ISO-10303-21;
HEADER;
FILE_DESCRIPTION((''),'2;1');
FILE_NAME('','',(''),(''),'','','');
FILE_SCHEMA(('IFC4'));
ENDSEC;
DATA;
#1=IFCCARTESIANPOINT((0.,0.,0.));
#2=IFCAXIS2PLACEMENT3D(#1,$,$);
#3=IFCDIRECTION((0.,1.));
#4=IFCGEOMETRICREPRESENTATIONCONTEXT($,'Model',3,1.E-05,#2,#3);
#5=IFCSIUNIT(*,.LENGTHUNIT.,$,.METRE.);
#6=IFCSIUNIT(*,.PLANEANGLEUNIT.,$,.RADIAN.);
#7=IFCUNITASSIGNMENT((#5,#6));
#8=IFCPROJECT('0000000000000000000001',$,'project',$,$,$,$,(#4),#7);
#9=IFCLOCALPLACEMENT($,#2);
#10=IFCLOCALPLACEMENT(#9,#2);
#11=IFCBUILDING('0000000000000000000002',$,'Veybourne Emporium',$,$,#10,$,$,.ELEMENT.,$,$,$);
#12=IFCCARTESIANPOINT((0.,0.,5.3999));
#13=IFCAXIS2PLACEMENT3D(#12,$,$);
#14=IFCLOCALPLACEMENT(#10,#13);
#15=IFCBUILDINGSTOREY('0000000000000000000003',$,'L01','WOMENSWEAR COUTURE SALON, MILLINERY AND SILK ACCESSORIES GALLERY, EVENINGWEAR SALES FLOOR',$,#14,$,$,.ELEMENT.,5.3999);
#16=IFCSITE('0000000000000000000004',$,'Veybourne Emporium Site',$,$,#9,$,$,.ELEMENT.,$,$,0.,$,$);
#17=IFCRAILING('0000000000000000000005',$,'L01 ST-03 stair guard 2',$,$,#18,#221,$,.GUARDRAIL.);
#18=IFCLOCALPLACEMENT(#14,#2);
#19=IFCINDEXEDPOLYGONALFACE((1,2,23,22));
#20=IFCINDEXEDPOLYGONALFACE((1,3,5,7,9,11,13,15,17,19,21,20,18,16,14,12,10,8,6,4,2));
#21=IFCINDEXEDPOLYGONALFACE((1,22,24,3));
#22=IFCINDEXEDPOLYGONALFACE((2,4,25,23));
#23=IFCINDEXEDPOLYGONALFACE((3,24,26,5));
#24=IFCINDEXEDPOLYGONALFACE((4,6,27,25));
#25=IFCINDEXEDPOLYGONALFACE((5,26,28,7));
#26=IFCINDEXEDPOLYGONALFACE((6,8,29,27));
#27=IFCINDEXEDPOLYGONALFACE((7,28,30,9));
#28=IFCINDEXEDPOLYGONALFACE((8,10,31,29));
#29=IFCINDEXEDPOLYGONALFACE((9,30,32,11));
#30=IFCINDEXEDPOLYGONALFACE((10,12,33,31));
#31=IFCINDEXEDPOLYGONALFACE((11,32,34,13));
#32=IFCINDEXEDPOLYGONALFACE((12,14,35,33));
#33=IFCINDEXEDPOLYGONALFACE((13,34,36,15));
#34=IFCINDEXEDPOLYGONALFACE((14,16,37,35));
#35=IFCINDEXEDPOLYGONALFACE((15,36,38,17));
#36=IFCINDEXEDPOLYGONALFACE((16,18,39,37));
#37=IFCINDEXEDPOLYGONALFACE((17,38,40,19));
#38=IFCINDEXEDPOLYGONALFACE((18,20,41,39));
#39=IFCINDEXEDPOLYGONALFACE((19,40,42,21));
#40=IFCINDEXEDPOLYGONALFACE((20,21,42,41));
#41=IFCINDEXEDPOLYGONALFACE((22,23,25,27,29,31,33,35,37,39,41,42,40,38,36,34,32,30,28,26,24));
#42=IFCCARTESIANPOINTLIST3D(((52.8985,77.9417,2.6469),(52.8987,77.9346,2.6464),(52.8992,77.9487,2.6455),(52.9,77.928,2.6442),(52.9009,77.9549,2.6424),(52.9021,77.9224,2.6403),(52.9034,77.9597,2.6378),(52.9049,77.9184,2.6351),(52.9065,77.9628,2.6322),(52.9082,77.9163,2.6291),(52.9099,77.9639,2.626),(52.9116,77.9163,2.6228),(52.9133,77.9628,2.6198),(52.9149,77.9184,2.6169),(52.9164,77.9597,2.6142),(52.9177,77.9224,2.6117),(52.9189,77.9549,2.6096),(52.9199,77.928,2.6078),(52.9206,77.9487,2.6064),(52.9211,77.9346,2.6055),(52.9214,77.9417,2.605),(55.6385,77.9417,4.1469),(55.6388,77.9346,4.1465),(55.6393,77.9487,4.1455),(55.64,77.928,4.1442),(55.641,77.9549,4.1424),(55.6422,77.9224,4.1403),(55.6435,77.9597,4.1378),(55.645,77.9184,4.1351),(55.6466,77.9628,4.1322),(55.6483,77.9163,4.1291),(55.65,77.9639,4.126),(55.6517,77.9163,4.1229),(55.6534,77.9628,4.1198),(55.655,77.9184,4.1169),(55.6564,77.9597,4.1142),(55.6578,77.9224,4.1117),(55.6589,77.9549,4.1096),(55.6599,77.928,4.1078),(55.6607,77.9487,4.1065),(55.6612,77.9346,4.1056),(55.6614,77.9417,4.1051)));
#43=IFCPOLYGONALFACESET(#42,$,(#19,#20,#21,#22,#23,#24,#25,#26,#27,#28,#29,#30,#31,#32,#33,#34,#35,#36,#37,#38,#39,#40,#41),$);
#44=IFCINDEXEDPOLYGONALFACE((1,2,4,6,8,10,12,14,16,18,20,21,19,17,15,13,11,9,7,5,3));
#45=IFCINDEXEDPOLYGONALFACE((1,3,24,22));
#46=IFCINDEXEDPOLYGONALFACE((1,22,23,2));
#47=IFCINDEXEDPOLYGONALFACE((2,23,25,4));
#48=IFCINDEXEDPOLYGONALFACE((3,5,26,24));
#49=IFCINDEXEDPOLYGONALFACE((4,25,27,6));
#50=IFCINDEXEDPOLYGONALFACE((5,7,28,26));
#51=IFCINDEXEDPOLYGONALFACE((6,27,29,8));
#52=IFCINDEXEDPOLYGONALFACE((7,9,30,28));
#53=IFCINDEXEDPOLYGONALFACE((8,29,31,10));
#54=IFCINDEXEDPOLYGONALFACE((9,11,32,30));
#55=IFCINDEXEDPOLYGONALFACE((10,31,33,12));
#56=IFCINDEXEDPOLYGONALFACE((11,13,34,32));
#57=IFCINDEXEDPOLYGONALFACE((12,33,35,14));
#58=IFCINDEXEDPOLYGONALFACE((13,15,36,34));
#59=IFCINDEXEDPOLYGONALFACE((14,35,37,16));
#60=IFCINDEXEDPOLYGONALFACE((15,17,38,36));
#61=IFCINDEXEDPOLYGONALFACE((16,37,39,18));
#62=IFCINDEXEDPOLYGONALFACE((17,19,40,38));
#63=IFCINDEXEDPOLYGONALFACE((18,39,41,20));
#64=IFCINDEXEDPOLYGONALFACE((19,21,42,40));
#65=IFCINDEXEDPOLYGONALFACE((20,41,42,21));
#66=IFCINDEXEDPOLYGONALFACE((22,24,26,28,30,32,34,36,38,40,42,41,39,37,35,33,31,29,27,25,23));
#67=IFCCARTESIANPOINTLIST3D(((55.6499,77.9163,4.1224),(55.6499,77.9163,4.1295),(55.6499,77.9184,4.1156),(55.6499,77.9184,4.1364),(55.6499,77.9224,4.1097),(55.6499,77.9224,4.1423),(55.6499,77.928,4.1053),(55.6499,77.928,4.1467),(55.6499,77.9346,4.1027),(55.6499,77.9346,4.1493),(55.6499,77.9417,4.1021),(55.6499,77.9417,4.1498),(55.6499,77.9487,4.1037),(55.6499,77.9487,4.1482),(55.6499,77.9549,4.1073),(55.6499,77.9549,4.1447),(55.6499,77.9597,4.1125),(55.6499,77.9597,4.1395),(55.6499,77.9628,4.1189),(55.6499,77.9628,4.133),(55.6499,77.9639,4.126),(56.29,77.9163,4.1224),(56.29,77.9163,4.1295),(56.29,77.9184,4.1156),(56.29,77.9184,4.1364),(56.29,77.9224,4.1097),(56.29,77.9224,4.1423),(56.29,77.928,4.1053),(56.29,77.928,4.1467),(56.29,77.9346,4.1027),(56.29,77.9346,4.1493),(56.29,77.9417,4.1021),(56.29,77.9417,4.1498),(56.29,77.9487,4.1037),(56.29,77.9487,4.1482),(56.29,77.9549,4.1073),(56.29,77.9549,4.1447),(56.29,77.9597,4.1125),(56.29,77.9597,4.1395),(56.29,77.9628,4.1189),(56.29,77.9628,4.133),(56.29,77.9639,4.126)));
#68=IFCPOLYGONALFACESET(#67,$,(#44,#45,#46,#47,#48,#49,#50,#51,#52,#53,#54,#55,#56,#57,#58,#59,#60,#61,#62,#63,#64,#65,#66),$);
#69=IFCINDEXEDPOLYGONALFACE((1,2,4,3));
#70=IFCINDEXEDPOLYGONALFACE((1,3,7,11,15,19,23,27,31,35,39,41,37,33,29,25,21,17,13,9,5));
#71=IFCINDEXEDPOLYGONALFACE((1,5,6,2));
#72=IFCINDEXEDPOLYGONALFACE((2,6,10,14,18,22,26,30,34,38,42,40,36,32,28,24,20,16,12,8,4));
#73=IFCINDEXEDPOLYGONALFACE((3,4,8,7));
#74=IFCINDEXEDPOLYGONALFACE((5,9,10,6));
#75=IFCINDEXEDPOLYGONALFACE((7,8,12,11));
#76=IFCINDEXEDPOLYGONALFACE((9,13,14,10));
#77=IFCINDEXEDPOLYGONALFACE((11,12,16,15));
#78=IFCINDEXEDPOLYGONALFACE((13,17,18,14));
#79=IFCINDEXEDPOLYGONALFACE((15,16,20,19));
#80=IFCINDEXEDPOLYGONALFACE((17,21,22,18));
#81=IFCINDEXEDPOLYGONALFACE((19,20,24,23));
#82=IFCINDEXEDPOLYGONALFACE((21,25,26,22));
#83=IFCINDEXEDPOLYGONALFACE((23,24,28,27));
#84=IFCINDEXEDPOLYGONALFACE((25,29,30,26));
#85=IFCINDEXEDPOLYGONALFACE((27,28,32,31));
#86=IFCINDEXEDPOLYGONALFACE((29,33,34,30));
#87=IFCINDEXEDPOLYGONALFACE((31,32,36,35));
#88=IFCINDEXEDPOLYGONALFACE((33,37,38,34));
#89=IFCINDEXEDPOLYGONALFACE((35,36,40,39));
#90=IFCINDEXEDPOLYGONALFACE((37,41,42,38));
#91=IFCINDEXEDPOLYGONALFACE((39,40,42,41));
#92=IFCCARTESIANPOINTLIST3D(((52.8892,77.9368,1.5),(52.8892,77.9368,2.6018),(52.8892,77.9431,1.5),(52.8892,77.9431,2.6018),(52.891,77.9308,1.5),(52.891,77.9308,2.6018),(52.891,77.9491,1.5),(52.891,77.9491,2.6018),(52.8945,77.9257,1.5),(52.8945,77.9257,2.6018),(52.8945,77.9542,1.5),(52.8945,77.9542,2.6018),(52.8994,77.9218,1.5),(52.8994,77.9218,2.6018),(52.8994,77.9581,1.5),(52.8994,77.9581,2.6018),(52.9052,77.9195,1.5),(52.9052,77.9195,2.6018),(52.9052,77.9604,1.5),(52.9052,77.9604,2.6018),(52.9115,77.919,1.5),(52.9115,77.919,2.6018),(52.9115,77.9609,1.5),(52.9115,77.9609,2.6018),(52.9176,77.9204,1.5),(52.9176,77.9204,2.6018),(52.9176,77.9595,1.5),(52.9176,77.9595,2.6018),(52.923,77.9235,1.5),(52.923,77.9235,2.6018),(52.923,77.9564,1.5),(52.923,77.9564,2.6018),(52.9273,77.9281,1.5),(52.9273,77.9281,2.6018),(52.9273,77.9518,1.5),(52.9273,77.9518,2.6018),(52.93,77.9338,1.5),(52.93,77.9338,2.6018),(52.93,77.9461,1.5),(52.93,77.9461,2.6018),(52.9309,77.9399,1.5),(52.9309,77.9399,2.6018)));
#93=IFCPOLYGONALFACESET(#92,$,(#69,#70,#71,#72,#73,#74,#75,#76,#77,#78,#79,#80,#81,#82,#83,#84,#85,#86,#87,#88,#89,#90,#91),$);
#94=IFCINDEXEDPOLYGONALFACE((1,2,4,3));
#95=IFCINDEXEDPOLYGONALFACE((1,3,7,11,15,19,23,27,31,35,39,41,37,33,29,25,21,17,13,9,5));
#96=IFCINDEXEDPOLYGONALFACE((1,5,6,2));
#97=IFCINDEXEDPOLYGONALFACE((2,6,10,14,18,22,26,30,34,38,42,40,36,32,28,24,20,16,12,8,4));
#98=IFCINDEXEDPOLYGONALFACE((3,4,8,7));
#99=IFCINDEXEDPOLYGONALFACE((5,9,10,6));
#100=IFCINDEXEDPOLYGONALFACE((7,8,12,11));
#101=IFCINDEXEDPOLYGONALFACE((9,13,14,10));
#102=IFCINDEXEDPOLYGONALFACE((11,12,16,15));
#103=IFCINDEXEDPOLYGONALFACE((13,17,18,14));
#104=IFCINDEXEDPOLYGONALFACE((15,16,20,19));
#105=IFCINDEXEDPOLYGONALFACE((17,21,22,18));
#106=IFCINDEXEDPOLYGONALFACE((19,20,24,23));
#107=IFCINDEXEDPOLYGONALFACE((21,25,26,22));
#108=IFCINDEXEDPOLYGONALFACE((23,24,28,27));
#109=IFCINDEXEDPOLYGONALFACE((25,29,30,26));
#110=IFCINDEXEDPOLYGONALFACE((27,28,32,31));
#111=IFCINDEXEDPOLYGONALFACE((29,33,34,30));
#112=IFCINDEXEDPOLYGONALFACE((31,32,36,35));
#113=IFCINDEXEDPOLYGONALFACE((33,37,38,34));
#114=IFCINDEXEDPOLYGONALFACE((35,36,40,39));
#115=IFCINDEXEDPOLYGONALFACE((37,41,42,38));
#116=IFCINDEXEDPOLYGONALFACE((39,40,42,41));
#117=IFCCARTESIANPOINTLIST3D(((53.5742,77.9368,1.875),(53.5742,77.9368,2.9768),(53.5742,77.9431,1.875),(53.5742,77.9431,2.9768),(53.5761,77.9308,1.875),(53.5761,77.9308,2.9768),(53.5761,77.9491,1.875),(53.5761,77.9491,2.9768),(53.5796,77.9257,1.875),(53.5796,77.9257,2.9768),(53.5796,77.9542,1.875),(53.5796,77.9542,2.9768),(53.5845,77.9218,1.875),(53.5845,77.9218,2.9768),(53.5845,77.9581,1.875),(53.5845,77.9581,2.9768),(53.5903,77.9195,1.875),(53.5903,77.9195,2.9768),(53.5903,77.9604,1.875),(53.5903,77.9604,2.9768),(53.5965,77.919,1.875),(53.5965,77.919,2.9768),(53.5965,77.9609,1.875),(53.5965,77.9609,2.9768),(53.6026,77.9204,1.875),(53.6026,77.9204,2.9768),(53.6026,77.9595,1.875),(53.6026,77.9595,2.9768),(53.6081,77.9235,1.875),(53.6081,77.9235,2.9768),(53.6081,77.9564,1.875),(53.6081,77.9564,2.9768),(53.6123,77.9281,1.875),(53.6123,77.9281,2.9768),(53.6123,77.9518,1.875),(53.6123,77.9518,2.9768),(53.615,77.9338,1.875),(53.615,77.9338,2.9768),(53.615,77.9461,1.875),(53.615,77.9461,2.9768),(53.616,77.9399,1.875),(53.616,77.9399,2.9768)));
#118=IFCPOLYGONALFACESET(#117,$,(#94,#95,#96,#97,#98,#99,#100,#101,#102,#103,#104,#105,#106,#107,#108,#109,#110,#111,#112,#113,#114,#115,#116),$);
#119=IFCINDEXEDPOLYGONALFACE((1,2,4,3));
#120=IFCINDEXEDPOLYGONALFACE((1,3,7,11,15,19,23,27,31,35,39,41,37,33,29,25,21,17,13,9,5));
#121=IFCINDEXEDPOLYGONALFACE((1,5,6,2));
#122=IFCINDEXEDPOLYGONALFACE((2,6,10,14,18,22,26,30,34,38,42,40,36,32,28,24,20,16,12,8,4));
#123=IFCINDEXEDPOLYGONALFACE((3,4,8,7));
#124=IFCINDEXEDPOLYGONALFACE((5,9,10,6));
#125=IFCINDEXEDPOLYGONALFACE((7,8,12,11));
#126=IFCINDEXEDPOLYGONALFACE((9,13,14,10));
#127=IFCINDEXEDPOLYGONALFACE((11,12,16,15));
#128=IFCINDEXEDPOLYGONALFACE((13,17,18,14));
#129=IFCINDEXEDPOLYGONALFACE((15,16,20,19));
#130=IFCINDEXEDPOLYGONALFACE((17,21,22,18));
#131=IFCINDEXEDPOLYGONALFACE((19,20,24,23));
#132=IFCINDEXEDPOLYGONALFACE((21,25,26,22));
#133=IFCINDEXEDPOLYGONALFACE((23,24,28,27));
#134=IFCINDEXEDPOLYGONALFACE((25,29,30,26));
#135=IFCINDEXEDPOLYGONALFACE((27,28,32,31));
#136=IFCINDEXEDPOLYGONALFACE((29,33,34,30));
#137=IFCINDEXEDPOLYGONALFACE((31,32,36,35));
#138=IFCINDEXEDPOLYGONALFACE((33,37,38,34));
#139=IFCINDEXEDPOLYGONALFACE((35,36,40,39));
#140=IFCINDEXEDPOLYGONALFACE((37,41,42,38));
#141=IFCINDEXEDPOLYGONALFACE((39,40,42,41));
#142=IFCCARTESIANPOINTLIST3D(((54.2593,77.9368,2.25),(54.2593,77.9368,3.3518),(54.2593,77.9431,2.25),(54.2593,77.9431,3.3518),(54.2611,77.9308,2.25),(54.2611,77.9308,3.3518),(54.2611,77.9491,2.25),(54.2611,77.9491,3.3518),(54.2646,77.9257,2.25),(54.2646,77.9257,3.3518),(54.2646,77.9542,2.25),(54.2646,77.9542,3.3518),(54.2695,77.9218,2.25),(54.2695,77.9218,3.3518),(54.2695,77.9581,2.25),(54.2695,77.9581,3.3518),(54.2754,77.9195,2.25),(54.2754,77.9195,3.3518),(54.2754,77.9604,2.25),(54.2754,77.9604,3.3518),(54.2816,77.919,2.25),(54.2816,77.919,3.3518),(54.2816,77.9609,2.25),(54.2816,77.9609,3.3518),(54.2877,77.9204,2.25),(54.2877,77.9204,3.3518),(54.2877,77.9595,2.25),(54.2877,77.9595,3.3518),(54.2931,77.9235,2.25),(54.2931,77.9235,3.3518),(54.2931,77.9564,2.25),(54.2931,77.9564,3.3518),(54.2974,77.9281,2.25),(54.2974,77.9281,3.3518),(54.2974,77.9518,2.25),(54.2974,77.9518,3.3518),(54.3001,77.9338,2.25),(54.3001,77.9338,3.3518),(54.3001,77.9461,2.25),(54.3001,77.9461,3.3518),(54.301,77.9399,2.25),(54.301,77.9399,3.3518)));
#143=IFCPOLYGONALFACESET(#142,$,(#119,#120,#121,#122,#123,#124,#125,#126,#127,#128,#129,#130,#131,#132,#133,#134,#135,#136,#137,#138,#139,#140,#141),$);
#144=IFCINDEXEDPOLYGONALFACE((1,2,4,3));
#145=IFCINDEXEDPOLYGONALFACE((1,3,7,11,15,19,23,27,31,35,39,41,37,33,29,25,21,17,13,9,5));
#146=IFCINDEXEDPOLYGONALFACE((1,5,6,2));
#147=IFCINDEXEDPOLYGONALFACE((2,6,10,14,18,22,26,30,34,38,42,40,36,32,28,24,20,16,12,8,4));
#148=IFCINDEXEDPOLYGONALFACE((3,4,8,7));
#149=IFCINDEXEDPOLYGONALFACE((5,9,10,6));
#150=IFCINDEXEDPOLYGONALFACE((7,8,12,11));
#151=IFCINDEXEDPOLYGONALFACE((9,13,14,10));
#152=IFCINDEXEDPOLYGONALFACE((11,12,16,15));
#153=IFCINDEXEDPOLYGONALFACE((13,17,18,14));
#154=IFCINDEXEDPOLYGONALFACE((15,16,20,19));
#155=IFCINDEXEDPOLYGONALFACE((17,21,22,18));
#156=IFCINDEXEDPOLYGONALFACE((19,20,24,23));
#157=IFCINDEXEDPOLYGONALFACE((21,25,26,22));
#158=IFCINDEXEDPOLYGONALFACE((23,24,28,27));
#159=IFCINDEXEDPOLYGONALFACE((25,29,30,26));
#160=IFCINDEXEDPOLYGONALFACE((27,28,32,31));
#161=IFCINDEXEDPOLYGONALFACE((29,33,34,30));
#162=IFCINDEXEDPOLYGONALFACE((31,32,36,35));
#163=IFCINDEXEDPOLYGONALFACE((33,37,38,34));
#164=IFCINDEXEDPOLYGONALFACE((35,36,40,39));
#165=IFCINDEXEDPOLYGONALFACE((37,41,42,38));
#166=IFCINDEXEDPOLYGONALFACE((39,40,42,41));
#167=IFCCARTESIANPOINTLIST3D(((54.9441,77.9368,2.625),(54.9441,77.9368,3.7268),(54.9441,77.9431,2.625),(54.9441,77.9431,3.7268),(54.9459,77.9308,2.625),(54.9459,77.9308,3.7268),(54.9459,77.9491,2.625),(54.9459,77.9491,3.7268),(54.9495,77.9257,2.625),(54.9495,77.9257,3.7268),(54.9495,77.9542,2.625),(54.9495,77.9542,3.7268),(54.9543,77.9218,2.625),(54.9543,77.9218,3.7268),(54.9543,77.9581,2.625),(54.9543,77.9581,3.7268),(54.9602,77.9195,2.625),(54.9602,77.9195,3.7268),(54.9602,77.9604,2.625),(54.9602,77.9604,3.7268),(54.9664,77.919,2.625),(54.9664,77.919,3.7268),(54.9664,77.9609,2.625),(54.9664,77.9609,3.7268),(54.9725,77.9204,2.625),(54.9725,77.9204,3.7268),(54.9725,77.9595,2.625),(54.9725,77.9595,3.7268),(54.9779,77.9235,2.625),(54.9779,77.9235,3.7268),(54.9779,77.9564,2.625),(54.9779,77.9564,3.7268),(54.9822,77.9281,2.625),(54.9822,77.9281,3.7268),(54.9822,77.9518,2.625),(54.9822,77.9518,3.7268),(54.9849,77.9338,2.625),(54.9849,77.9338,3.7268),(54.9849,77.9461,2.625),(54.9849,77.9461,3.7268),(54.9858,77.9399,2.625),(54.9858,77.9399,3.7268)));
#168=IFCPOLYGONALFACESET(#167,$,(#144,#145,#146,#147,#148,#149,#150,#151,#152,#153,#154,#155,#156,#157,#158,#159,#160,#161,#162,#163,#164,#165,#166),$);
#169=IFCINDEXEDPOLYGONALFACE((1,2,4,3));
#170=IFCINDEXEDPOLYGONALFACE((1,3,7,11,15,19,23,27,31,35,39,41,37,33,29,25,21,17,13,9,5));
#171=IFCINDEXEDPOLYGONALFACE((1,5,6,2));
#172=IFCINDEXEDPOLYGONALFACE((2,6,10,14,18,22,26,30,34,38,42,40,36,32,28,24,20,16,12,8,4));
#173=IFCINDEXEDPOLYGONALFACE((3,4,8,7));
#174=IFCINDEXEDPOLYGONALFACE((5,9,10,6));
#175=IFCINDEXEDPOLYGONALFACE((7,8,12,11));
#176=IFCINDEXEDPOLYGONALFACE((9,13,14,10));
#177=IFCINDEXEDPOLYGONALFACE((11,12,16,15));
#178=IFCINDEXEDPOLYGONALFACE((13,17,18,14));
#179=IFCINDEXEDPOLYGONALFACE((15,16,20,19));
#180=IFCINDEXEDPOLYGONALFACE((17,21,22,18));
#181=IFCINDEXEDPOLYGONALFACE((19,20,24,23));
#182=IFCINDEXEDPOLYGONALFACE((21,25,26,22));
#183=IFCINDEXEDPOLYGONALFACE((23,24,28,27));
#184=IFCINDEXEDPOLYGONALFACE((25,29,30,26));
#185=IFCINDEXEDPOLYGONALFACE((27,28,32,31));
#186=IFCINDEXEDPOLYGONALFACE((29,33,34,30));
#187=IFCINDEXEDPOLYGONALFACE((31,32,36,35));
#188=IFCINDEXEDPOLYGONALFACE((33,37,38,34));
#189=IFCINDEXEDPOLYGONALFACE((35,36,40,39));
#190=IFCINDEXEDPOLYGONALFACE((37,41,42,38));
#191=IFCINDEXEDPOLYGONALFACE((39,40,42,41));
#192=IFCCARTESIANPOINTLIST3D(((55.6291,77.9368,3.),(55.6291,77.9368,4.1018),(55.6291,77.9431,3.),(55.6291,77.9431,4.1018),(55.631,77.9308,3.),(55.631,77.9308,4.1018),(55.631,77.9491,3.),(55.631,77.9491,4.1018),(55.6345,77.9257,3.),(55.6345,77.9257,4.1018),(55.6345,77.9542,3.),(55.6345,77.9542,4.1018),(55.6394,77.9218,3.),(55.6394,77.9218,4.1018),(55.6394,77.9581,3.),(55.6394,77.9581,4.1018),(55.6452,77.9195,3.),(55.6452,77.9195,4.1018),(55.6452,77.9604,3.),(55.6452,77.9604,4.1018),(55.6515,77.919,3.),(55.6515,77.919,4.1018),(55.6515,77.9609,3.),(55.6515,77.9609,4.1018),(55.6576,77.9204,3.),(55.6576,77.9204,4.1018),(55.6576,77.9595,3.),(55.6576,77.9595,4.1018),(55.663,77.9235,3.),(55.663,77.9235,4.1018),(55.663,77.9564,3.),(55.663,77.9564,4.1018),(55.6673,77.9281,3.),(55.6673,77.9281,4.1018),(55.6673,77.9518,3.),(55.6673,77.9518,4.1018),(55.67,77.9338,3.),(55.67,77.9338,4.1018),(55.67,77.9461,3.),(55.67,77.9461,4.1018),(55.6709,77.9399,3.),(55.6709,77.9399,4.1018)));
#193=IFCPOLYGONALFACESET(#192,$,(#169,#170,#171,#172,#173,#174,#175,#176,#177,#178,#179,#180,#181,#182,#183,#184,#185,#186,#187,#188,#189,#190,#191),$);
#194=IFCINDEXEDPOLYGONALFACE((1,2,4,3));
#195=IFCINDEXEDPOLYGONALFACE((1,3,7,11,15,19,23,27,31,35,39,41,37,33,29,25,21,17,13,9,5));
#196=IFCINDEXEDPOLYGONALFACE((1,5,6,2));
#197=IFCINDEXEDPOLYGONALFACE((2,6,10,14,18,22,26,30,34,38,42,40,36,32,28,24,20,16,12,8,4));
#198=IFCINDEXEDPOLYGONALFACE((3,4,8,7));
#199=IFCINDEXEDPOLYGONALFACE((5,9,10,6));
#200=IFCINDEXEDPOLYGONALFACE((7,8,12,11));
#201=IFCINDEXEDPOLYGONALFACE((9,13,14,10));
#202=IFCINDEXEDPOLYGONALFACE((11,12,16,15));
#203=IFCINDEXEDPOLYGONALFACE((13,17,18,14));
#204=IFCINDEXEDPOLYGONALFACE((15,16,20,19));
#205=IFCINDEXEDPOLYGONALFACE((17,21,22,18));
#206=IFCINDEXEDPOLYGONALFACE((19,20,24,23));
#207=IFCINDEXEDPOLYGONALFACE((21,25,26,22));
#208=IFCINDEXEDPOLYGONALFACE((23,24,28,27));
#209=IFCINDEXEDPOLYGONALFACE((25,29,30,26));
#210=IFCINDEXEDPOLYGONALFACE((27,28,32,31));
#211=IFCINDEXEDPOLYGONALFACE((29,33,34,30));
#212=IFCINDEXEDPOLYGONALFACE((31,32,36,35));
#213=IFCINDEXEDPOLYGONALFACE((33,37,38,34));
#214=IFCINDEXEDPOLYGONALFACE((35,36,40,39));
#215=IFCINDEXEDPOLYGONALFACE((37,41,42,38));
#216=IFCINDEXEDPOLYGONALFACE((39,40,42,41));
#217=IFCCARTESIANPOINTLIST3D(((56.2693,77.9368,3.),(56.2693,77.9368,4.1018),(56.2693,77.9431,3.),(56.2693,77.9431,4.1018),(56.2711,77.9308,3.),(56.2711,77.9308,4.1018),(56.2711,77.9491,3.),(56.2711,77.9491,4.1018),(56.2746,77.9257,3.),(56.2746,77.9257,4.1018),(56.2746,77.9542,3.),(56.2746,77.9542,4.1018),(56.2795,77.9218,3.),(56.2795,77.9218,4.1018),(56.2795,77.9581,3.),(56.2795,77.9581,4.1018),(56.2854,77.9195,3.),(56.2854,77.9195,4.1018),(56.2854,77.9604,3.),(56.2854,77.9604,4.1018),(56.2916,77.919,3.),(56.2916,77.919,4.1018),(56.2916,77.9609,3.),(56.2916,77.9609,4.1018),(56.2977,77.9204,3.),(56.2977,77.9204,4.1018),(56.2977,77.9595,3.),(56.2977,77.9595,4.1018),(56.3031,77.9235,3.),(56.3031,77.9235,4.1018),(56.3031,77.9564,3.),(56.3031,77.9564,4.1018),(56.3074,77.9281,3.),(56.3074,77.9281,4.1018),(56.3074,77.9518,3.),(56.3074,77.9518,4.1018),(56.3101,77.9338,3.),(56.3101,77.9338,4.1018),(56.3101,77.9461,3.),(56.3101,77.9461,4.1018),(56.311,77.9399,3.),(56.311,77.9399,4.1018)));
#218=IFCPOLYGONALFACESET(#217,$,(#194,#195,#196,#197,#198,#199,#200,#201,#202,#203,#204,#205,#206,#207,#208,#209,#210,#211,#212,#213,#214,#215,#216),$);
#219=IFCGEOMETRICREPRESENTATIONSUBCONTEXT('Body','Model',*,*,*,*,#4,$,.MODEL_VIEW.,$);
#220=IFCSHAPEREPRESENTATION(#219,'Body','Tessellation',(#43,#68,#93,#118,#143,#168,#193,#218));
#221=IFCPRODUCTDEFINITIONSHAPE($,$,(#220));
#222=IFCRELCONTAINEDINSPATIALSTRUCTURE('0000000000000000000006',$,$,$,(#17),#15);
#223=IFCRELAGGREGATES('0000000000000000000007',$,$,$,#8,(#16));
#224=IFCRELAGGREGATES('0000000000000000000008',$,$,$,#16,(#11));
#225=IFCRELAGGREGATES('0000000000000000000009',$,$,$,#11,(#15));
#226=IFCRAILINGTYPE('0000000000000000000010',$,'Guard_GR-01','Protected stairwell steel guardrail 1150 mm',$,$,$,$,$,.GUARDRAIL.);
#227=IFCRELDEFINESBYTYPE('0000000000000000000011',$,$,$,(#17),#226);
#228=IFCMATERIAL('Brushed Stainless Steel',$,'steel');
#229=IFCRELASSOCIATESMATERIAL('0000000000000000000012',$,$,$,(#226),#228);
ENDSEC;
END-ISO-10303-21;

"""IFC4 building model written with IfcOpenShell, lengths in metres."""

from ifc_helpers import new_model, si_unit, direction, frame, origin, origin_2d, place, context, subcontext, project, spatial, circle, extrude, material, type_object, element, save


model = new_model("IFC4")

# Units and contexts
model_context = context("Model", 3, precision=1e-05, world=origin(), true_north=direction((0.0, 1.0)))
body_context = subcontext(model_context, "Body", "Model", "MODEL_VIEW")
ifc_project = project(units=[si_unit("LENGTHUNIT", "METRE"), si_unit("PLANEANGLEUNIT", "RADIAN")], contexts=[model_context])

# Site, building, storey
site_placement = place(None, origin())
site = spatial("IfcSite", under=ifc_project, at=site_placement, Name="Veybourne Emporium Site", CompositionType="ELEMENT", RefElevation=0.0)
building_placement = place(site_placement, origin())
building = spatial("IfcBuilding", under=site, at=building_placement, Name="Veybourne Emporium", CompositionType="ELEMENT")
storey_placement = place(building_placement, frame((0.0, 0.0, 5.3999)))
storey = spatial("IfcBuildingStorey", under=building, at=storey_placement, Name="L01", Description="WOMENSWEAR COUTURE SALON, MILLINERY AND SILK ACCESSORIES GALLERY, EVENINGWEAR SALES FLOOR", CompositionType="ELEMENT", Elevation=5.3999)

# Railing
ifc_material_1 = material(Name="Brushed Stainless Steel", Category="steel")
railing_type_1 = type_object("IfcRailingType", Name="Guard_GR-01", Description="Protected stairwell steel guardrail 1150 mm", PredefinedType="GUARDRAIL", material=ifc_material_1)
railing_1_placement = place(storey_placement, frame((52.9099, 77.9399, 1.5)))
element("IfcRailing", 1, at=railing_1_placement, inside=storey, type_object=railing_type_1, Name="L01 ST-03 stair guard 2", PredefinedType="GUARDRAIL", context=body_context, shape_type="SweptSolid", body=[
    extrude(circle(Radius=0.0239, at=origin_2d()), frame((0.0, 0.0, 1.126), z_axis=(0.87716, 0.0, 0.480199), x_axis=(0.0, 1.0, 0.0)), (0.0, 0.0, 1.0), 3.1238),
    extrude(circle(Radius=0.0239, at=origin_2d()), frame((2.74, 0.0, 2.626), z_axis=(1.0, 0.0, 0.0), x_axis=(0.0, 1.0, 0.0)), (0.0, 0.0, 1.0), 0.6401),
    extrude(circle(Radius=0.021, at=origin_2d()), origin(), (0.0, 0.0, 1.0), 1.1018),
    extrude(circle(Radius=0.021, at=origin_2d()), frame((0.6851, 0.0, 0.375)), (0.0, 0.0, 1.0), 1.1018),
    extrude(circle(Radius=0.021, at=origin_2d()), frame((1.3701, 0.0, 0.75)), (0.0, 0.0, 1.0), 1.1018),
    extrude(circle(Radius=0.021, at=origin_2d()), frame((2.0549, 0.0, 1.125)), (0.0, 0.0, 1.0), 1.1018),
    extrude(circle(Radius=0.021, at=origin_2d()), frame((2.74, 0.0, 1.5)), (0.0, 0.0, 1.0), 1.1018),
    extrude(circle(Radius=0.021, at=origin_2d()), frame((3.3801, 0.0, 1.5)), (0.0, 0.0, 1.0), 1.1018),
])

save(model, "model.ifc")
